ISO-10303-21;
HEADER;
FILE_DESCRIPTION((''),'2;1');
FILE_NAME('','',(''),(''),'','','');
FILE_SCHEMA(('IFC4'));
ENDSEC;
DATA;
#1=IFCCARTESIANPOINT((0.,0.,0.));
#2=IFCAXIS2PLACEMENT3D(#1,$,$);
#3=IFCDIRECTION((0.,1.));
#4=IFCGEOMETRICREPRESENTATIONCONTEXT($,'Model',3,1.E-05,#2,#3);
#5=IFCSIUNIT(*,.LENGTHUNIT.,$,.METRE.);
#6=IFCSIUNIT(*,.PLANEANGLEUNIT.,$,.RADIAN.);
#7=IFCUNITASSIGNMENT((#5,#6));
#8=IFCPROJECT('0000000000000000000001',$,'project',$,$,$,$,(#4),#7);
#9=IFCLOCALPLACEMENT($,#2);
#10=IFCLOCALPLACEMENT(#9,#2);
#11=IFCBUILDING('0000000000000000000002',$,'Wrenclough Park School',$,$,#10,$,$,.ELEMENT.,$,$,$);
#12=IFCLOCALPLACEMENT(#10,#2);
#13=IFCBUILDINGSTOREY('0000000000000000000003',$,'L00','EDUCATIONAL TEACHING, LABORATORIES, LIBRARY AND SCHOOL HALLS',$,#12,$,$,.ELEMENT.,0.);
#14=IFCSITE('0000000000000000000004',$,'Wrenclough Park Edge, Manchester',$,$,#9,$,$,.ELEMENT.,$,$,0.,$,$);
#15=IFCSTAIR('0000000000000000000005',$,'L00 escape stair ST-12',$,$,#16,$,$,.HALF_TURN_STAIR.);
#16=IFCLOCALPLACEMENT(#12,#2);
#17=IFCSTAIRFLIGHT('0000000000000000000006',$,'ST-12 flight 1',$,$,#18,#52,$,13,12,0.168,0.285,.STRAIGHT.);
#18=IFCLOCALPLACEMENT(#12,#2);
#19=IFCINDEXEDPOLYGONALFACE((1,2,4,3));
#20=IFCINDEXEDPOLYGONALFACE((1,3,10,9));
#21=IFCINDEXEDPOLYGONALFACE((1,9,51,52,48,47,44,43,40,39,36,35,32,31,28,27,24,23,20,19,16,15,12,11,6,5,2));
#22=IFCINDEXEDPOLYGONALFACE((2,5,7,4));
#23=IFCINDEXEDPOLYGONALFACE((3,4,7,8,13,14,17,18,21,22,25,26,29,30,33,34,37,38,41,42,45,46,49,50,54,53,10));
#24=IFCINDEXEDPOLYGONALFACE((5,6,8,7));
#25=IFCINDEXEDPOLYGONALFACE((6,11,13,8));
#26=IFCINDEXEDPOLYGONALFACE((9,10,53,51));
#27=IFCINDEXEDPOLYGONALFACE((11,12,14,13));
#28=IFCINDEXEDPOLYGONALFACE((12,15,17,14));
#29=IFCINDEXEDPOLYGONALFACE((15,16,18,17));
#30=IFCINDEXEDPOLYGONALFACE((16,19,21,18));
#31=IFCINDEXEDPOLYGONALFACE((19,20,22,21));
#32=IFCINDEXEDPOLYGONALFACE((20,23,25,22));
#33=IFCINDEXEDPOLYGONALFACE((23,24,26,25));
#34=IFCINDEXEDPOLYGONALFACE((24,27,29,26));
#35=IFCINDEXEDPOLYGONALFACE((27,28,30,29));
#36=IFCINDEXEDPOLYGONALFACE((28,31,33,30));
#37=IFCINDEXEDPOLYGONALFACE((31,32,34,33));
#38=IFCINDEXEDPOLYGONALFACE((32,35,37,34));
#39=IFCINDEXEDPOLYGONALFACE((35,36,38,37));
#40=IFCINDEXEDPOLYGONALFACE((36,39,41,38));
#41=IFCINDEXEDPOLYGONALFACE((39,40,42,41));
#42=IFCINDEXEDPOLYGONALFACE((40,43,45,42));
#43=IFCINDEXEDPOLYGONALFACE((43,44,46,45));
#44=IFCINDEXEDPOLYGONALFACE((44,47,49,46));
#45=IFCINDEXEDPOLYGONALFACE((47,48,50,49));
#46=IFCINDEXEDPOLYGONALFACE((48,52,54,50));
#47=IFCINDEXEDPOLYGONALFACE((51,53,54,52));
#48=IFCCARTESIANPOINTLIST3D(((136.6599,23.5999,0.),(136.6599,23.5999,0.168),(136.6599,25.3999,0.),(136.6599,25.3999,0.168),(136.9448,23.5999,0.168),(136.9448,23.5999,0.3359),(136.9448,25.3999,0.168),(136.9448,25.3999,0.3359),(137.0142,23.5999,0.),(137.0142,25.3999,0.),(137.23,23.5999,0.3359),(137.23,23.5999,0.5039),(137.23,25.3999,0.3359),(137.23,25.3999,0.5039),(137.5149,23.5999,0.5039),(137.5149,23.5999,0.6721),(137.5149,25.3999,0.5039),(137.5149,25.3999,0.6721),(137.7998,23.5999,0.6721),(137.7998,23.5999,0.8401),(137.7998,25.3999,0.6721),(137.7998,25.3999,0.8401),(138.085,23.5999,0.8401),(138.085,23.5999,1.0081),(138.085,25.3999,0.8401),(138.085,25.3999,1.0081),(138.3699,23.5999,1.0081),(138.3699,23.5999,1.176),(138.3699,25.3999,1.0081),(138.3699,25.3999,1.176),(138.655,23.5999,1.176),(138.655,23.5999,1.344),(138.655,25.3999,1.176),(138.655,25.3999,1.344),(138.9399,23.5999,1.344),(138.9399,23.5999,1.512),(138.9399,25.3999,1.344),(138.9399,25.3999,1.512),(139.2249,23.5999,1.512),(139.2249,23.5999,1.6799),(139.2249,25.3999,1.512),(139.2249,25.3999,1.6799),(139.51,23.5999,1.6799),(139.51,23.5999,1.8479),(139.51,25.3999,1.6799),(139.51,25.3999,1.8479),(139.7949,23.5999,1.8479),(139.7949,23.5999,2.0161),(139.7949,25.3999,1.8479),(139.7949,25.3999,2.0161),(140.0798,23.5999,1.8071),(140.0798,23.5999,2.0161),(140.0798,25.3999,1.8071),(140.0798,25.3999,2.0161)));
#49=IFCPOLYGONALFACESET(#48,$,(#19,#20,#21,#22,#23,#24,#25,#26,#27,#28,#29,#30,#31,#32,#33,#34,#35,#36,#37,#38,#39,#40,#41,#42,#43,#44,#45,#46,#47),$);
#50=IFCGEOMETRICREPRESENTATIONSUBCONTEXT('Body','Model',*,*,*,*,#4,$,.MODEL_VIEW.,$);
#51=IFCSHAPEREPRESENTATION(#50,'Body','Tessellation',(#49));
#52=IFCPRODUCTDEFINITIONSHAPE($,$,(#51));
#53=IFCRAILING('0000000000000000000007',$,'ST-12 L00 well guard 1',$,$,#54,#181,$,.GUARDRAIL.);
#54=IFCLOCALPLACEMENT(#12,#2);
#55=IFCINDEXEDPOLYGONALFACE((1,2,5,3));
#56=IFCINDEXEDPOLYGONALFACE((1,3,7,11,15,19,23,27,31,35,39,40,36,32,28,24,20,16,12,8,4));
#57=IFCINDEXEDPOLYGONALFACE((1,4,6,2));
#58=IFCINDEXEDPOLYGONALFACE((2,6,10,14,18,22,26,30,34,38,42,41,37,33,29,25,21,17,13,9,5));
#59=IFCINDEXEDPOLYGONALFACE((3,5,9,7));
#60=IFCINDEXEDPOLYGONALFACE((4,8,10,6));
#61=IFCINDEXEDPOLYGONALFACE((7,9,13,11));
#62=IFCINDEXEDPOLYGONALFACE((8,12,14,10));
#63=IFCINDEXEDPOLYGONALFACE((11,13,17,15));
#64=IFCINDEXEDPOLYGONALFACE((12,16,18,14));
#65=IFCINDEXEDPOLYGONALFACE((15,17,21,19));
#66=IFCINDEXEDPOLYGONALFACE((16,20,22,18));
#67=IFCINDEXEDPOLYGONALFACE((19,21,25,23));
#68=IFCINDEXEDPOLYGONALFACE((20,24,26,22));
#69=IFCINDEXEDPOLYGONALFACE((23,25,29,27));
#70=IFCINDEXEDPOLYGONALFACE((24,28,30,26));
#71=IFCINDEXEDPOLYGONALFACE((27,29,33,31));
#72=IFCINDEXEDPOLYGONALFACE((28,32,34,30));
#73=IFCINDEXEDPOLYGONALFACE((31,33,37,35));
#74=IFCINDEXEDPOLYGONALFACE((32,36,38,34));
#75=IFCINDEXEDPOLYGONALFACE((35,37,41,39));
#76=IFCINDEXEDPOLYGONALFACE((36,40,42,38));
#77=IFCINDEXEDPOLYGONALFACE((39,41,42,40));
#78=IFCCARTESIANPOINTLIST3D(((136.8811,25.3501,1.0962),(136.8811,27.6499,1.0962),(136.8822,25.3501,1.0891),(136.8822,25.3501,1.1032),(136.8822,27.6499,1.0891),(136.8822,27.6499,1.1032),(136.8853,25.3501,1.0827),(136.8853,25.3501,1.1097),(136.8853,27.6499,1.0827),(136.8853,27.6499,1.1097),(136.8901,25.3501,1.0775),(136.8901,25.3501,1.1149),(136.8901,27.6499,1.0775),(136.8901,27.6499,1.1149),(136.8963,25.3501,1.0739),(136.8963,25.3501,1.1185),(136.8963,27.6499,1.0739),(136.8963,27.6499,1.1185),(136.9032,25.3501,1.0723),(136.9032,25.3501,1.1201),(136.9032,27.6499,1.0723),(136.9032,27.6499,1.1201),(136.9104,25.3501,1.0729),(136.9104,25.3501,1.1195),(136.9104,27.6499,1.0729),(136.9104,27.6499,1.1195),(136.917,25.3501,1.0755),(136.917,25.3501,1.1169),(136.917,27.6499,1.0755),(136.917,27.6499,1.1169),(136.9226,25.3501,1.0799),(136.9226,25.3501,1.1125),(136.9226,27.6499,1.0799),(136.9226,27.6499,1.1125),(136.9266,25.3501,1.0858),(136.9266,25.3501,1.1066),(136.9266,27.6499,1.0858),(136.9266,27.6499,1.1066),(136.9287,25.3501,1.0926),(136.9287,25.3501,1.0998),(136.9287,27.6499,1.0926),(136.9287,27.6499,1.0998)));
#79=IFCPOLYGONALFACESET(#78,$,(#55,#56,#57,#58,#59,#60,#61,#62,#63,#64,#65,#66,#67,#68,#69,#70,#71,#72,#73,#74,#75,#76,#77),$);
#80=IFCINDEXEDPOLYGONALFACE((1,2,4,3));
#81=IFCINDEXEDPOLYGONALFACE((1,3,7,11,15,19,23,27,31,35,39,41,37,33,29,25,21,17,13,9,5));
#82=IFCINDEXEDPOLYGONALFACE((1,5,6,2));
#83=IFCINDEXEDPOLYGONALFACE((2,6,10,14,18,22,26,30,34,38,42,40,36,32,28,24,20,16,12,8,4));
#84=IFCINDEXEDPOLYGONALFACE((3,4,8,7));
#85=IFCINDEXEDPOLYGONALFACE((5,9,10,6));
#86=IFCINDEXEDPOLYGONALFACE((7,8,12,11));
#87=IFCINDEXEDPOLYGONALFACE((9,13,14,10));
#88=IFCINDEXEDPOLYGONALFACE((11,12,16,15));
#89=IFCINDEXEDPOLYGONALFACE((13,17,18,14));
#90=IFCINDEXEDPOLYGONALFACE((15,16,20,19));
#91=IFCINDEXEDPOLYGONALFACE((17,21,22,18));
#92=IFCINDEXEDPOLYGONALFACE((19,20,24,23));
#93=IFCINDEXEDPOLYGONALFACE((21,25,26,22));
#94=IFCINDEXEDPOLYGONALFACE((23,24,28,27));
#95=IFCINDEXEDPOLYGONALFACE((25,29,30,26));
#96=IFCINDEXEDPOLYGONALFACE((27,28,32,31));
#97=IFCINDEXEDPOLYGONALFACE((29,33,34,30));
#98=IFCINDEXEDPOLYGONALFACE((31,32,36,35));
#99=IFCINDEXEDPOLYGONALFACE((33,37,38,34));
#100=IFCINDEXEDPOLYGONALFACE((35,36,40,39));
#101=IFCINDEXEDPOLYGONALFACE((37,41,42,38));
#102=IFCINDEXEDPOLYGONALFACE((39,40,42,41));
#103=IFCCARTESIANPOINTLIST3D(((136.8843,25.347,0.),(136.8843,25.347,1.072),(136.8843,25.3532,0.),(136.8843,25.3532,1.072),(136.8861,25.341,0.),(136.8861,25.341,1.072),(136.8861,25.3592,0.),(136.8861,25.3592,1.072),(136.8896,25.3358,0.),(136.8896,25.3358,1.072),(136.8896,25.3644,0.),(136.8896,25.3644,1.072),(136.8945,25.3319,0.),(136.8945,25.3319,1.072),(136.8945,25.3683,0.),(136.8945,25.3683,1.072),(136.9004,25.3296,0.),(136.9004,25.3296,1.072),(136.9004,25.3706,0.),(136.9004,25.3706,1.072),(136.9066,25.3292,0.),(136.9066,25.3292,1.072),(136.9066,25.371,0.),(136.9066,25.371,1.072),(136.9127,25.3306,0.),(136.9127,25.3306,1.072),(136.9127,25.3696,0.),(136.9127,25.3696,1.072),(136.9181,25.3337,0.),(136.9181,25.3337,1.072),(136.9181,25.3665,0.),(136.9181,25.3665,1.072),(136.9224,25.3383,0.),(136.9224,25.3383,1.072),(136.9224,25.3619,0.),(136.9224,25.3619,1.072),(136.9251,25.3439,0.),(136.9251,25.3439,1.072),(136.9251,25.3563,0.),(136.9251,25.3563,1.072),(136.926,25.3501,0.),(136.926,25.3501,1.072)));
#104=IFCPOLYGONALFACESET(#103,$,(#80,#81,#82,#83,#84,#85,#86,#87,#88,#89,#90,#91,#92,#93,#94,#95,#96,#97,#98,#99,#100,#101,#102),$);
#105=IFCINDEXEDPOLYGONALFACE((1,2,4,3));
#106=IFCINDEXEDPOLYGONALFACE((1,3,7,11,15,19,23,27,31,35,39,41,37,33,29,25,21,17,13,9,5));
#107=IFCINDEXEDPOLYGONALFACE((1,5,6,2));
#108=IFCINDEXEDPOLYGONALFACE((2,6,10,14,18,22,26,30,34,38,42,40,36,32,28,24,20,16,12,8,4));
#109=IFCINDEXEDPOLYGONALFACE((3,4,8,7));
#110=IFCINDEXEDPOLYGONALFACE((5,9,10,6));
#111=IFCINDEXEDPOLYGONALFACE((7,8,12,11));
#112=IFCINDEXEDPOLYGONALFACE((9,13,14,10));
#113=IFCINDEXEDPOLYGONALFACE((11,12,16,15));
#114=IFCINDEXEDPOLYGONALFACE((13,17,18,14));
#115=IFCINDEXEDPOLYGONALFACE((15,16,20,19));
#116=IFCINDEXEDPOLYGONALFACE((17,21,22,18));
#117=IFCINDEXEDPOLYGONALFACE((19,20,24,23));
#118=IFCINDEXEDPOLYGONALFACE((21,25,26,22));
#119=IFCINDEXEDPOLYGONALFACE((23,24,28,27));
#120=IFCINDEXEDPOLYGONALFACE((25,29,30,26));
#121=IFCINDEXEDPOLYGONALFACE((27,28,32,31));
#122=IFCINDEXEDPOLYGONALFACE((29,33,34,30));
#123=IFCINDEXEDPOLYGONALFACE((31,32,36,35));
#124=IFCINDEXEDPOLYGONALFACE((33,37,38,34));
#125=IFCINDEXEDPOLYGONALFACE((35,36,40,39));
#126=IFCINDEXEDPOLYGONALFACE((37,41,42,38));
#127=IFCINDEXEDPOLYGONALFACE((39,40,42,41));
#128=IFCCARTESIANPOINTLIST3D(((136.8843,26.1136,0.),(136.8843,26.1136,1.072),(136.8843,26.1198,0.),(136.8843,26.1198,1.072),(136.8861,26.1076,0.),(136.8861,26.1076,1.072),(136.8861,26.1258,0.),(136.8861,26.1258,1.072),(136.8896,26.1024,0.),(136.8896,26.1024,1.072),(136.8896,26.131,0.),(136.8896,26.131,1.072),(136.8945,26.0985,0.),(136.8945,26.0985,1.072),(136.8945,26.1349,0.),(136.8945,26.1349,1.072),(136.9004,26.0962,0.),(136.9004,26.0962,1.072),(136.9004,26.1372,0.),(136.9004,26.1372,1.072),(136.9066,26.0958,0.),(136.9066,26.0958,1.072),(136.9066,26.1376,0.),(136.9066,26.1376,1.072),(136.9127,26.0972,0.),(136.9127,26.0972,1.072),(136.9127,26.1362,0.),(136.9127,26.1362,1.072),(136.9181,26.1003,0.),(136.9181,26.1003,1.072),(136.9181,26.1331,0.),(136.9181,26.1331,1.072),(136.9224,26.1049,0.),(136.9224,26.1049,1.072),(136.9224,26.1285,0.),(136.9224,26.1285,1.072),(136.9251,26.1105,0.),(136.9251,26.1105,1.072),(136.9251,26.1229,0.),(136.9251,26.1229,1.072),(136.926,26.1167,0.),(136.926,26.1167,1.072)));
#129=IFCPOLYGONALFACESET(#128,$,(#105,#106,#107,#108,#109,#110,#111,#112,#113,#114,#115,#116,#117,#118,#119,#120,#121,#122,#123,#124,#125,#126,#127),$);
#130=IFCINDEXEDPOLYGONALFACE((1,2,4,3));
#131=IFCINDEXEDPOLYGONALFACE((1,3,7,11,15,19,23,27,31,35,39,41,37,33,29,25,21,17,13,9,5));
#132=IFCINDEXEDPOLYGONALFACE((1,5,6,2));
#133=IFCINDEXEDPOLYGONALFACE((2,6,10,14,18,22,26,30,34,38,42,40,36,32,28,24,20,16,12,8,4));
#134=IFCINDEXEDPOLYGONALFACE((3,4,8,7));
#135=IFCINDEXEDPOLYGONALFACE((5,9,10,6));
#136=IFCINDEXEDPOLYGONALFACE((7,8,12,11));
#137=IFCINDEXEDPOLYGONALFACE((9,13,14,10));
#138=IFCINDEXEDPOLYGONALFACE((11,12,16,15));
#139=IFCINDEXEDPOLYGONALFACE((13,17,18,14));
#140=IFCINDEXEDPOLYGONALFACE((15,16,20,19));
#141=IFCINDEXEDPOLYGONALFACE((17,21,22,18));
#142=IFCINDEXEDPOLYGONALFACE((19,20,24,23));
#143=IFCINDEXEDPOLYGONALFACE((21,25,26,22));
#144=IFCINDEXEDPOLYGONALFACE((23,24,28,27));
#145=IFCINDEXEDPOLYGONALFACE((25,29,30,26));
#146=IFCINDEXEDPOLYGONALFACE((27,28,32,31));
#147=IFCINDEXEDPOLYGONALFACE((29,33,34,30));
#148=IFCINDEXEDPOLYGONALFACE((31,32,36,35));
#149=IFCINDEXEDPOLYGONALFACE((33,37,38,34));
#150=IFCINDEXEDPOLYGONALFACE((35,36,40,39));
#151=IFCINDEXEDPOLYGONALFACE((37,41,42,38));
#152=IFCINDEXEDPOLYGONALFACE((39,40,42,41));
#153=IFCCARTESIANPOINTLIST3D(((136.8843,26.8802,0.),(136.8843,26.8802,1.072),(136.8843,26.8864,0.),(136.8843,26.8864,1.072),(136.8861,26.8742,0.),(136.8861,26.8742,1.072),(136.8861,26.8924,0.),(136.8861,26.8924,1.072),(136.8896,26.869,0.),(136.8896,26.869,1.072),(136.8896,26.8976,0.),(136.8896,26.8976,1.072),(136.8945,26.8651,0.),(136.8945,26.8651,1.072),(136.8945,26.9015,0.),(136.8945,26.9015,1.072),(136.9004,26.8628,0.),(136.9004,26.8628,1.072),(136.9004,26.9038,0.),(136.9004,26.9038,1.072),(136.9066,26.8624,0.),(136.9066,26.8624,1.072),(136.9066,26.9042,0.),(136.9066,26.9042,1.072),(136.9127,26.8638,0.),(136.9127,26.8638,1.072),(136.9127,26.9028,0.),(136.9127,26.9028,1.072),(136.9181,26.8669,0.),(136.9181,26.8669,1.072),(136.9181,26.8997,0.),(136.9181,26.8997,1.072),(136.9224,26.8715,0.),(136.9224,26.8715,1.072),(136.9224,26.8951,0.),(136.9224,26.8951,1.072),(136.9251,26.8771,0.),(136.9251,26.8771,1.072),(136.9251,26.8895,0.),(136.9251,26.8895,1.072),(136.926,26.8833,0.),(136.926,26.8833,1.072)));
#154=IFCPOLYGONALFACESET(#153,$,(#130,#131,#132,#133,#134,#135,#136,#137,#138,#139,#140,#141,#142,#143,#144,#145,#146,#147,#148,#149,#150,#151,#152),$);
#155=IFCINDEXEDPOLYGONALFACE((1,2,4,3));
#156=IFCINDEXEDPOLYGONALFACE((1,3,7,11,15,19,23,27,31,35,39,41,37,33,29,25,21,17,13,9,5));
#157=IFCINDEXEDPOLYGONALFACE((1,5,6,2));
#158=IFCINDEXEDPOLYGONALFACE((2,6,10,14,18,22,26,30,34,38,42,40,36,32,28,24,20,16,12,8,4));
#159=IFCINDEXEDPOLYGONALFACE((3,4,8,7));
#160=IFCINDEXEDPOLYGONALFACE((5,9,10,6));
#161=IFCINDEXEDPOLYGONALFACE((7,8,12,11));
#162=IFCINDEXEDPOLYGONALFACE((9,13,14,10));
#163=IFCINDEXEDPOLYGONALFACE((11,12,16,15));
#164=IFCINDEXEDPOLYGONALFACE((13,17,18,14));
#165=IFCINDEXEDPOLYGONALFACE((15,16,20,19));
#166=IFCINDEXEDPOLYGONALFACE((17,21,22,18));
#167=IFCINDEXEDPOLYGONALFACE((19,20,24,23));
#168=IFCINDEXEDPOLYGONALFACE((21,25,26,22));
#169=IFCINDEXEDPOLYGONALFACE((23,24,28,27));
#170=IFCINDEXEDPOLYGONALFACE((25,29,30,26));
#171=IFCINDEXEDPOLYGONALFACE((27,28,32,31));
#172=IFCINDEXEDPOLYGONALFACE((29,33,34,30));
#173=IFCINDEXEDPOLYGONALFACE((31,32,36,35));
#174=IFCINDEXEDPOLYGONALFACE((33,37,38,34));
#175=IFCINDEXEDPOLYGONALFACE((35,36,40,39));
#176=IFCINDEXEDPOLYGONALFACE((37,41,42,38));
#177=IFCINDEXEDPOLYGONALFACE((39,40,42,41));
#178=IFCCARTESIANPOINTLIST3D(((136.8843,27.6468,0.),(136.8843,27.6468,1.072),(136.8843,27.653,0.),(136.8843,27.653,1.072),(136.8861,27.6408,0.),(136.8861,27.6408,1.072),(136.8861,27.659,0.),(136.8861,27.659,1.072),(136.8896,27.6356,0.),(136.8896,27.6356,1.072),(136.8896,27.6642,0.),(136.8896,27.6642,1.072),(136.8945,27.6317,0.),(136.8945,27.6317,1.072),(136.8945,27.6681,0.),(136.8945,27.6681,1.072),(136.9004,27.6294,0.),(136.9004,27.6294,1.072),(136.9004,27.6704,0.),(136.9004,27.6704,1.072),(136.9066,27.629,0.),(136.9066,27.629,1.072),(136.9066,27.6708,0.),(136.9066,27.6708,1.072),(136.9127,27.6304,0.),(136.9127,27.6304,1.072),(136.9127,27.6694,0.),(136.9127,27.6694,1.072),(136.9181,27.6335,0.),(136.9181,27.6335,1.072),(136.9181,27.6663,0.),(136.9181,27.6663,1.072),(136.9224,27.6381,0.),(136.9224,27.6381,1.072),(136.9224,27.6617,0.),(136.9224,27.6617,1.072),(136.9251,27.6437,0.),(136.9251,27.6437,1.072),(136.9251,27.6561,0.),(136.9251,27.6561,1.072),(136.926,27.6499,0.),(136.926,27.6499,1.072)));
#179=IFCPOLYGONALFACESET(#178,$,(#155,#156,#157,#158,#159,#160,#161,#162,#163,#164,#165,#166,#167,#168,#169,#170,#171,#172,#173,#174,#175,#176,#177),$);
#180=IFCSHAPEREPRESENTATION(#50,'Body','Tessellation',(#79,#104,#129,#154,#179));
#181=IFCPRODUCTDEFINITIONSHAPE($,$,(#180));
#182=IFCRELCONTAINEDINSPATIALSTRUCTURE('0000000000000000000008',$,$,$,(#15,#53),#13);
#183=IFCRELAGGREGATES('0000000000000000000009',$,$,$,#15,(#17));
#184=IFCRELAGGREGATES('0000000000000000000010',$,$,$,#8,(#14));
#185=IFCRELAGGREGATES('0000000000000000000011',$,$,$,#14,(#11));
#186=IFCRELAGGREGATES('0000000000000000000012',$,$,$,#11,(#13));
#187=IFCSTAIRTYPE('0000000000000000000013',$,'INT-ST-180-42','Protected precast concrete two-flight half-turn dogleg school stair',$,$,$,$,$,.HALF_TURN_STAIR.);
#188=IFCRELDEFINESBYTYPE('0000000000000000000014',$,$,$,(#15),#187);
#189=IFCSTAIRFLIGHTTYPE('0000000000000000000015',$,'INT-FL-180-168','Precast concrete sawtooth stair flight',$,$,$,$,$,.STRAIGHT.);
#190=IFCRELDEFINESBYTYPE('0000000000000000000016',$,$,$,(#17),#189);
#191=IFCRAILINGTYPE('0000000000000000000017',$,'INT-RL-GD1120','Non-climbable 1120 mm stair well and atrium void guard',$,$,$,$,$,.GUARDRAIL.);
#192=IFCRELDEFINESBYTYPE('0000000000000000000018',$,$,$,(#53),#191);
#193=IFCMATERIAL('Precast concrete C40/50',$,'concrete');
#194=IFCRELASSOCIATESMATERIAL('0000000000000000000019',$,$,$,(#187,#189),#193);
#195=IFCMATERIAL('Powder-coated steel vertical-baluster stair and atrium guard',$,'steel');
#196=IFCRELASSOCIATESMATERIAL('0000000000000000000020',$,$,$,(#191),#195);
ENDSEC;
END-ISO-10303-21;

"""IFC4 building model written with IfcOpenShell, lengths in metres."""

from ifc_helpers import new_model, si_unit, direction, frame, origin, origin_2d, place, context, subcontext, project, spatial, polyline, circle, outline, extrude, material, type_object, element, aggregate, save


model = new_model("IFC4")

# Units and contexts
model_context = context("Model", 3, precision=1e-05, world=origin(), true_north=direction((0.0, 1.0)))
body_context = subcontext(model_context, "Body", "Model", "MODEL_VIEW")
ifc_project = project(units=[si_unit("LENGTHUNIT", "METRE"), si_unit("PLANEANGLEUNIT", "RADIAN")], contexts=[model_context])

# Site, building, storey
site_placement = place(None, origin())
site = spatial("IfcSite", under=ifc_project, at=site_placement, Name="Wrenclough Park Edge, Manchester", CompositionType="ELEMENT", RefElevation=0.0)
building_placement = place(site_placement, origin())
building = spatial("IfcBuilding", under=site, at=building_placement, Name="Wrenclough Park School", CompositionType="ELEMENT")
storey_placement = place(building_placement, origin())
storey = spatial("IfcBuildingStorey", under=building, at=storey_placement, Name="L00", Description="EDUCATIONAL TEACHING, LABORATORIES, LIBRARY AND SCHOOL HALLS", CompositionType="ELEMENT", Elevation=0.0)

# Stair, stair flight
ifc_material_1 = material(Name="Precast concrete C40/50", Category="concrete")
stair_type = type_object("IfcStairType", Name="INT-ST-180-42", Description="Protected precast concrete two-flight half-turn dogleg school stair", PredefinedType="HALF_TURN_STAIR", material=ifc_material_1)
stair_placement = place(storey_placement, origin())
stair = element("IfcStair", 1, at=stair_placement, inside=storey, type_object=stair_type, Name="L00 escape stair ST-12", PredefinedType="HALF_TURN_STAIR")
stair_flight_type = type_object("IfcStairFlightType", Name="INT-FL-180-168", Description="Precast concrete sawtooth stair flight", PredefinedType="STRAIGHT", material=ifc_material_1)
stair_flight_placement = place(storey_placement, frame((136.6599, 24.5, 0.0), z_axis=(0.0, 0.0, 1.0), x_axis=(1.0, 0.0, 0.0)))
stair_flight = element("IfcStairFlight", 2, at=stair_flight_placement, type_object=stair_flight_type, Name="ST-12 flight 1", NumberOfRisers=13, NumberOfTreads=12, PredefinedType="STRAIGHT", RiserHeight=0.168, TreadLength=0.285, context=body_context, shape_type="SweptSolid", body=[
    extrude(outline(polyline([(0.0, 0.0), (0.0, 0.168), (0.2849, 0.168), (0.2849, 0.3359), (0.5701, 0.3359), (0.5701, 0.5039), (0.855, 0.5039), (0.855, 0.6721), (1.1399, 0.6721), (1.1399, 0.8401), (1.425, 0.8401), (1.425, 1.0081), (1.71, 1.0081), (1.71, 1.176), (1.9951, 1.176), (1.9951, 1.344), (2.28, 1.344), (2.28, 1.512), (2.5649, 1.512), (2.5649, 1.6799), (2.8501, 1.6799), (2.8501, 1.8479), (3.135, 1.8479), (3.135, 2.0161), (3.4199, 2.0161), (3.4199, 2.1841), (3.4199, 1.8071), (0.3542, 0.0), (0.0, 0.0)])), frame((0.0, 0.8999, 0.0), z_axis=(0.0, -1.0, 0.0), x_axis=(1.0, 0.0, 0.0)), (0.0, 0.0, 1.0), 1.8),
])
aggregate(stair, [stair_flight])

# Railing
ifc_material_2 = material(Name="Powder-coated steel vertical-baluster stair and atrium guard", Category="steel")
railing_type_1 = type_object("IfcRailingType", Name="INT-RL-GD1120", Description="Non-climbable 1120 mm stair well and atrium void guard", PredefinedType="GUARDRAIL", material=ifc_material_2)
railing_1_placement = place(storey_placement, frame((136.905, 25.3501, 0.0)))
element("IfcRailing", 3, at=railing_1_placement, inside=storey, type_object=railing_type_1, Name="ST-12 L00 well guard 1", PredefinedType="GUARDRAIL", context=body_context, shape_type="SweptSolid", body=[
    extrude(circle(Radius=0.0239, at=origin_2d()), frame((0.0, 0.0, 1.0962), z_axis=(0.0, 1.0, 0.0), x_axis=(-1.0, 0.0, 0.0)), (0.0, 0.0, 1.0), 2.2998),
    extrude(circle(Radius=0.021, at=origin_2d()), origin(), (0.0, 0.0, 1.0), 1.072),
    extrude(circle(Radius=0.021, at=origin_2d()), frame((0.0, 0.7666, 0.0)), (0.0, 0.0, 1.0), 1.072),
    extrude(circle(Radius=0.021, at=origin_2d()), frame((0.0, 1.5332, 0.0)), (0.0, 0.0, 1.0), 1.072),
    extrude(circle(Radius=0.021, at=origin_2d()), frame((0.0, 2.2998, 0.0)), (0.0, 0.0, 1.0), 1.072),
])

save(model, "model.ifc")
